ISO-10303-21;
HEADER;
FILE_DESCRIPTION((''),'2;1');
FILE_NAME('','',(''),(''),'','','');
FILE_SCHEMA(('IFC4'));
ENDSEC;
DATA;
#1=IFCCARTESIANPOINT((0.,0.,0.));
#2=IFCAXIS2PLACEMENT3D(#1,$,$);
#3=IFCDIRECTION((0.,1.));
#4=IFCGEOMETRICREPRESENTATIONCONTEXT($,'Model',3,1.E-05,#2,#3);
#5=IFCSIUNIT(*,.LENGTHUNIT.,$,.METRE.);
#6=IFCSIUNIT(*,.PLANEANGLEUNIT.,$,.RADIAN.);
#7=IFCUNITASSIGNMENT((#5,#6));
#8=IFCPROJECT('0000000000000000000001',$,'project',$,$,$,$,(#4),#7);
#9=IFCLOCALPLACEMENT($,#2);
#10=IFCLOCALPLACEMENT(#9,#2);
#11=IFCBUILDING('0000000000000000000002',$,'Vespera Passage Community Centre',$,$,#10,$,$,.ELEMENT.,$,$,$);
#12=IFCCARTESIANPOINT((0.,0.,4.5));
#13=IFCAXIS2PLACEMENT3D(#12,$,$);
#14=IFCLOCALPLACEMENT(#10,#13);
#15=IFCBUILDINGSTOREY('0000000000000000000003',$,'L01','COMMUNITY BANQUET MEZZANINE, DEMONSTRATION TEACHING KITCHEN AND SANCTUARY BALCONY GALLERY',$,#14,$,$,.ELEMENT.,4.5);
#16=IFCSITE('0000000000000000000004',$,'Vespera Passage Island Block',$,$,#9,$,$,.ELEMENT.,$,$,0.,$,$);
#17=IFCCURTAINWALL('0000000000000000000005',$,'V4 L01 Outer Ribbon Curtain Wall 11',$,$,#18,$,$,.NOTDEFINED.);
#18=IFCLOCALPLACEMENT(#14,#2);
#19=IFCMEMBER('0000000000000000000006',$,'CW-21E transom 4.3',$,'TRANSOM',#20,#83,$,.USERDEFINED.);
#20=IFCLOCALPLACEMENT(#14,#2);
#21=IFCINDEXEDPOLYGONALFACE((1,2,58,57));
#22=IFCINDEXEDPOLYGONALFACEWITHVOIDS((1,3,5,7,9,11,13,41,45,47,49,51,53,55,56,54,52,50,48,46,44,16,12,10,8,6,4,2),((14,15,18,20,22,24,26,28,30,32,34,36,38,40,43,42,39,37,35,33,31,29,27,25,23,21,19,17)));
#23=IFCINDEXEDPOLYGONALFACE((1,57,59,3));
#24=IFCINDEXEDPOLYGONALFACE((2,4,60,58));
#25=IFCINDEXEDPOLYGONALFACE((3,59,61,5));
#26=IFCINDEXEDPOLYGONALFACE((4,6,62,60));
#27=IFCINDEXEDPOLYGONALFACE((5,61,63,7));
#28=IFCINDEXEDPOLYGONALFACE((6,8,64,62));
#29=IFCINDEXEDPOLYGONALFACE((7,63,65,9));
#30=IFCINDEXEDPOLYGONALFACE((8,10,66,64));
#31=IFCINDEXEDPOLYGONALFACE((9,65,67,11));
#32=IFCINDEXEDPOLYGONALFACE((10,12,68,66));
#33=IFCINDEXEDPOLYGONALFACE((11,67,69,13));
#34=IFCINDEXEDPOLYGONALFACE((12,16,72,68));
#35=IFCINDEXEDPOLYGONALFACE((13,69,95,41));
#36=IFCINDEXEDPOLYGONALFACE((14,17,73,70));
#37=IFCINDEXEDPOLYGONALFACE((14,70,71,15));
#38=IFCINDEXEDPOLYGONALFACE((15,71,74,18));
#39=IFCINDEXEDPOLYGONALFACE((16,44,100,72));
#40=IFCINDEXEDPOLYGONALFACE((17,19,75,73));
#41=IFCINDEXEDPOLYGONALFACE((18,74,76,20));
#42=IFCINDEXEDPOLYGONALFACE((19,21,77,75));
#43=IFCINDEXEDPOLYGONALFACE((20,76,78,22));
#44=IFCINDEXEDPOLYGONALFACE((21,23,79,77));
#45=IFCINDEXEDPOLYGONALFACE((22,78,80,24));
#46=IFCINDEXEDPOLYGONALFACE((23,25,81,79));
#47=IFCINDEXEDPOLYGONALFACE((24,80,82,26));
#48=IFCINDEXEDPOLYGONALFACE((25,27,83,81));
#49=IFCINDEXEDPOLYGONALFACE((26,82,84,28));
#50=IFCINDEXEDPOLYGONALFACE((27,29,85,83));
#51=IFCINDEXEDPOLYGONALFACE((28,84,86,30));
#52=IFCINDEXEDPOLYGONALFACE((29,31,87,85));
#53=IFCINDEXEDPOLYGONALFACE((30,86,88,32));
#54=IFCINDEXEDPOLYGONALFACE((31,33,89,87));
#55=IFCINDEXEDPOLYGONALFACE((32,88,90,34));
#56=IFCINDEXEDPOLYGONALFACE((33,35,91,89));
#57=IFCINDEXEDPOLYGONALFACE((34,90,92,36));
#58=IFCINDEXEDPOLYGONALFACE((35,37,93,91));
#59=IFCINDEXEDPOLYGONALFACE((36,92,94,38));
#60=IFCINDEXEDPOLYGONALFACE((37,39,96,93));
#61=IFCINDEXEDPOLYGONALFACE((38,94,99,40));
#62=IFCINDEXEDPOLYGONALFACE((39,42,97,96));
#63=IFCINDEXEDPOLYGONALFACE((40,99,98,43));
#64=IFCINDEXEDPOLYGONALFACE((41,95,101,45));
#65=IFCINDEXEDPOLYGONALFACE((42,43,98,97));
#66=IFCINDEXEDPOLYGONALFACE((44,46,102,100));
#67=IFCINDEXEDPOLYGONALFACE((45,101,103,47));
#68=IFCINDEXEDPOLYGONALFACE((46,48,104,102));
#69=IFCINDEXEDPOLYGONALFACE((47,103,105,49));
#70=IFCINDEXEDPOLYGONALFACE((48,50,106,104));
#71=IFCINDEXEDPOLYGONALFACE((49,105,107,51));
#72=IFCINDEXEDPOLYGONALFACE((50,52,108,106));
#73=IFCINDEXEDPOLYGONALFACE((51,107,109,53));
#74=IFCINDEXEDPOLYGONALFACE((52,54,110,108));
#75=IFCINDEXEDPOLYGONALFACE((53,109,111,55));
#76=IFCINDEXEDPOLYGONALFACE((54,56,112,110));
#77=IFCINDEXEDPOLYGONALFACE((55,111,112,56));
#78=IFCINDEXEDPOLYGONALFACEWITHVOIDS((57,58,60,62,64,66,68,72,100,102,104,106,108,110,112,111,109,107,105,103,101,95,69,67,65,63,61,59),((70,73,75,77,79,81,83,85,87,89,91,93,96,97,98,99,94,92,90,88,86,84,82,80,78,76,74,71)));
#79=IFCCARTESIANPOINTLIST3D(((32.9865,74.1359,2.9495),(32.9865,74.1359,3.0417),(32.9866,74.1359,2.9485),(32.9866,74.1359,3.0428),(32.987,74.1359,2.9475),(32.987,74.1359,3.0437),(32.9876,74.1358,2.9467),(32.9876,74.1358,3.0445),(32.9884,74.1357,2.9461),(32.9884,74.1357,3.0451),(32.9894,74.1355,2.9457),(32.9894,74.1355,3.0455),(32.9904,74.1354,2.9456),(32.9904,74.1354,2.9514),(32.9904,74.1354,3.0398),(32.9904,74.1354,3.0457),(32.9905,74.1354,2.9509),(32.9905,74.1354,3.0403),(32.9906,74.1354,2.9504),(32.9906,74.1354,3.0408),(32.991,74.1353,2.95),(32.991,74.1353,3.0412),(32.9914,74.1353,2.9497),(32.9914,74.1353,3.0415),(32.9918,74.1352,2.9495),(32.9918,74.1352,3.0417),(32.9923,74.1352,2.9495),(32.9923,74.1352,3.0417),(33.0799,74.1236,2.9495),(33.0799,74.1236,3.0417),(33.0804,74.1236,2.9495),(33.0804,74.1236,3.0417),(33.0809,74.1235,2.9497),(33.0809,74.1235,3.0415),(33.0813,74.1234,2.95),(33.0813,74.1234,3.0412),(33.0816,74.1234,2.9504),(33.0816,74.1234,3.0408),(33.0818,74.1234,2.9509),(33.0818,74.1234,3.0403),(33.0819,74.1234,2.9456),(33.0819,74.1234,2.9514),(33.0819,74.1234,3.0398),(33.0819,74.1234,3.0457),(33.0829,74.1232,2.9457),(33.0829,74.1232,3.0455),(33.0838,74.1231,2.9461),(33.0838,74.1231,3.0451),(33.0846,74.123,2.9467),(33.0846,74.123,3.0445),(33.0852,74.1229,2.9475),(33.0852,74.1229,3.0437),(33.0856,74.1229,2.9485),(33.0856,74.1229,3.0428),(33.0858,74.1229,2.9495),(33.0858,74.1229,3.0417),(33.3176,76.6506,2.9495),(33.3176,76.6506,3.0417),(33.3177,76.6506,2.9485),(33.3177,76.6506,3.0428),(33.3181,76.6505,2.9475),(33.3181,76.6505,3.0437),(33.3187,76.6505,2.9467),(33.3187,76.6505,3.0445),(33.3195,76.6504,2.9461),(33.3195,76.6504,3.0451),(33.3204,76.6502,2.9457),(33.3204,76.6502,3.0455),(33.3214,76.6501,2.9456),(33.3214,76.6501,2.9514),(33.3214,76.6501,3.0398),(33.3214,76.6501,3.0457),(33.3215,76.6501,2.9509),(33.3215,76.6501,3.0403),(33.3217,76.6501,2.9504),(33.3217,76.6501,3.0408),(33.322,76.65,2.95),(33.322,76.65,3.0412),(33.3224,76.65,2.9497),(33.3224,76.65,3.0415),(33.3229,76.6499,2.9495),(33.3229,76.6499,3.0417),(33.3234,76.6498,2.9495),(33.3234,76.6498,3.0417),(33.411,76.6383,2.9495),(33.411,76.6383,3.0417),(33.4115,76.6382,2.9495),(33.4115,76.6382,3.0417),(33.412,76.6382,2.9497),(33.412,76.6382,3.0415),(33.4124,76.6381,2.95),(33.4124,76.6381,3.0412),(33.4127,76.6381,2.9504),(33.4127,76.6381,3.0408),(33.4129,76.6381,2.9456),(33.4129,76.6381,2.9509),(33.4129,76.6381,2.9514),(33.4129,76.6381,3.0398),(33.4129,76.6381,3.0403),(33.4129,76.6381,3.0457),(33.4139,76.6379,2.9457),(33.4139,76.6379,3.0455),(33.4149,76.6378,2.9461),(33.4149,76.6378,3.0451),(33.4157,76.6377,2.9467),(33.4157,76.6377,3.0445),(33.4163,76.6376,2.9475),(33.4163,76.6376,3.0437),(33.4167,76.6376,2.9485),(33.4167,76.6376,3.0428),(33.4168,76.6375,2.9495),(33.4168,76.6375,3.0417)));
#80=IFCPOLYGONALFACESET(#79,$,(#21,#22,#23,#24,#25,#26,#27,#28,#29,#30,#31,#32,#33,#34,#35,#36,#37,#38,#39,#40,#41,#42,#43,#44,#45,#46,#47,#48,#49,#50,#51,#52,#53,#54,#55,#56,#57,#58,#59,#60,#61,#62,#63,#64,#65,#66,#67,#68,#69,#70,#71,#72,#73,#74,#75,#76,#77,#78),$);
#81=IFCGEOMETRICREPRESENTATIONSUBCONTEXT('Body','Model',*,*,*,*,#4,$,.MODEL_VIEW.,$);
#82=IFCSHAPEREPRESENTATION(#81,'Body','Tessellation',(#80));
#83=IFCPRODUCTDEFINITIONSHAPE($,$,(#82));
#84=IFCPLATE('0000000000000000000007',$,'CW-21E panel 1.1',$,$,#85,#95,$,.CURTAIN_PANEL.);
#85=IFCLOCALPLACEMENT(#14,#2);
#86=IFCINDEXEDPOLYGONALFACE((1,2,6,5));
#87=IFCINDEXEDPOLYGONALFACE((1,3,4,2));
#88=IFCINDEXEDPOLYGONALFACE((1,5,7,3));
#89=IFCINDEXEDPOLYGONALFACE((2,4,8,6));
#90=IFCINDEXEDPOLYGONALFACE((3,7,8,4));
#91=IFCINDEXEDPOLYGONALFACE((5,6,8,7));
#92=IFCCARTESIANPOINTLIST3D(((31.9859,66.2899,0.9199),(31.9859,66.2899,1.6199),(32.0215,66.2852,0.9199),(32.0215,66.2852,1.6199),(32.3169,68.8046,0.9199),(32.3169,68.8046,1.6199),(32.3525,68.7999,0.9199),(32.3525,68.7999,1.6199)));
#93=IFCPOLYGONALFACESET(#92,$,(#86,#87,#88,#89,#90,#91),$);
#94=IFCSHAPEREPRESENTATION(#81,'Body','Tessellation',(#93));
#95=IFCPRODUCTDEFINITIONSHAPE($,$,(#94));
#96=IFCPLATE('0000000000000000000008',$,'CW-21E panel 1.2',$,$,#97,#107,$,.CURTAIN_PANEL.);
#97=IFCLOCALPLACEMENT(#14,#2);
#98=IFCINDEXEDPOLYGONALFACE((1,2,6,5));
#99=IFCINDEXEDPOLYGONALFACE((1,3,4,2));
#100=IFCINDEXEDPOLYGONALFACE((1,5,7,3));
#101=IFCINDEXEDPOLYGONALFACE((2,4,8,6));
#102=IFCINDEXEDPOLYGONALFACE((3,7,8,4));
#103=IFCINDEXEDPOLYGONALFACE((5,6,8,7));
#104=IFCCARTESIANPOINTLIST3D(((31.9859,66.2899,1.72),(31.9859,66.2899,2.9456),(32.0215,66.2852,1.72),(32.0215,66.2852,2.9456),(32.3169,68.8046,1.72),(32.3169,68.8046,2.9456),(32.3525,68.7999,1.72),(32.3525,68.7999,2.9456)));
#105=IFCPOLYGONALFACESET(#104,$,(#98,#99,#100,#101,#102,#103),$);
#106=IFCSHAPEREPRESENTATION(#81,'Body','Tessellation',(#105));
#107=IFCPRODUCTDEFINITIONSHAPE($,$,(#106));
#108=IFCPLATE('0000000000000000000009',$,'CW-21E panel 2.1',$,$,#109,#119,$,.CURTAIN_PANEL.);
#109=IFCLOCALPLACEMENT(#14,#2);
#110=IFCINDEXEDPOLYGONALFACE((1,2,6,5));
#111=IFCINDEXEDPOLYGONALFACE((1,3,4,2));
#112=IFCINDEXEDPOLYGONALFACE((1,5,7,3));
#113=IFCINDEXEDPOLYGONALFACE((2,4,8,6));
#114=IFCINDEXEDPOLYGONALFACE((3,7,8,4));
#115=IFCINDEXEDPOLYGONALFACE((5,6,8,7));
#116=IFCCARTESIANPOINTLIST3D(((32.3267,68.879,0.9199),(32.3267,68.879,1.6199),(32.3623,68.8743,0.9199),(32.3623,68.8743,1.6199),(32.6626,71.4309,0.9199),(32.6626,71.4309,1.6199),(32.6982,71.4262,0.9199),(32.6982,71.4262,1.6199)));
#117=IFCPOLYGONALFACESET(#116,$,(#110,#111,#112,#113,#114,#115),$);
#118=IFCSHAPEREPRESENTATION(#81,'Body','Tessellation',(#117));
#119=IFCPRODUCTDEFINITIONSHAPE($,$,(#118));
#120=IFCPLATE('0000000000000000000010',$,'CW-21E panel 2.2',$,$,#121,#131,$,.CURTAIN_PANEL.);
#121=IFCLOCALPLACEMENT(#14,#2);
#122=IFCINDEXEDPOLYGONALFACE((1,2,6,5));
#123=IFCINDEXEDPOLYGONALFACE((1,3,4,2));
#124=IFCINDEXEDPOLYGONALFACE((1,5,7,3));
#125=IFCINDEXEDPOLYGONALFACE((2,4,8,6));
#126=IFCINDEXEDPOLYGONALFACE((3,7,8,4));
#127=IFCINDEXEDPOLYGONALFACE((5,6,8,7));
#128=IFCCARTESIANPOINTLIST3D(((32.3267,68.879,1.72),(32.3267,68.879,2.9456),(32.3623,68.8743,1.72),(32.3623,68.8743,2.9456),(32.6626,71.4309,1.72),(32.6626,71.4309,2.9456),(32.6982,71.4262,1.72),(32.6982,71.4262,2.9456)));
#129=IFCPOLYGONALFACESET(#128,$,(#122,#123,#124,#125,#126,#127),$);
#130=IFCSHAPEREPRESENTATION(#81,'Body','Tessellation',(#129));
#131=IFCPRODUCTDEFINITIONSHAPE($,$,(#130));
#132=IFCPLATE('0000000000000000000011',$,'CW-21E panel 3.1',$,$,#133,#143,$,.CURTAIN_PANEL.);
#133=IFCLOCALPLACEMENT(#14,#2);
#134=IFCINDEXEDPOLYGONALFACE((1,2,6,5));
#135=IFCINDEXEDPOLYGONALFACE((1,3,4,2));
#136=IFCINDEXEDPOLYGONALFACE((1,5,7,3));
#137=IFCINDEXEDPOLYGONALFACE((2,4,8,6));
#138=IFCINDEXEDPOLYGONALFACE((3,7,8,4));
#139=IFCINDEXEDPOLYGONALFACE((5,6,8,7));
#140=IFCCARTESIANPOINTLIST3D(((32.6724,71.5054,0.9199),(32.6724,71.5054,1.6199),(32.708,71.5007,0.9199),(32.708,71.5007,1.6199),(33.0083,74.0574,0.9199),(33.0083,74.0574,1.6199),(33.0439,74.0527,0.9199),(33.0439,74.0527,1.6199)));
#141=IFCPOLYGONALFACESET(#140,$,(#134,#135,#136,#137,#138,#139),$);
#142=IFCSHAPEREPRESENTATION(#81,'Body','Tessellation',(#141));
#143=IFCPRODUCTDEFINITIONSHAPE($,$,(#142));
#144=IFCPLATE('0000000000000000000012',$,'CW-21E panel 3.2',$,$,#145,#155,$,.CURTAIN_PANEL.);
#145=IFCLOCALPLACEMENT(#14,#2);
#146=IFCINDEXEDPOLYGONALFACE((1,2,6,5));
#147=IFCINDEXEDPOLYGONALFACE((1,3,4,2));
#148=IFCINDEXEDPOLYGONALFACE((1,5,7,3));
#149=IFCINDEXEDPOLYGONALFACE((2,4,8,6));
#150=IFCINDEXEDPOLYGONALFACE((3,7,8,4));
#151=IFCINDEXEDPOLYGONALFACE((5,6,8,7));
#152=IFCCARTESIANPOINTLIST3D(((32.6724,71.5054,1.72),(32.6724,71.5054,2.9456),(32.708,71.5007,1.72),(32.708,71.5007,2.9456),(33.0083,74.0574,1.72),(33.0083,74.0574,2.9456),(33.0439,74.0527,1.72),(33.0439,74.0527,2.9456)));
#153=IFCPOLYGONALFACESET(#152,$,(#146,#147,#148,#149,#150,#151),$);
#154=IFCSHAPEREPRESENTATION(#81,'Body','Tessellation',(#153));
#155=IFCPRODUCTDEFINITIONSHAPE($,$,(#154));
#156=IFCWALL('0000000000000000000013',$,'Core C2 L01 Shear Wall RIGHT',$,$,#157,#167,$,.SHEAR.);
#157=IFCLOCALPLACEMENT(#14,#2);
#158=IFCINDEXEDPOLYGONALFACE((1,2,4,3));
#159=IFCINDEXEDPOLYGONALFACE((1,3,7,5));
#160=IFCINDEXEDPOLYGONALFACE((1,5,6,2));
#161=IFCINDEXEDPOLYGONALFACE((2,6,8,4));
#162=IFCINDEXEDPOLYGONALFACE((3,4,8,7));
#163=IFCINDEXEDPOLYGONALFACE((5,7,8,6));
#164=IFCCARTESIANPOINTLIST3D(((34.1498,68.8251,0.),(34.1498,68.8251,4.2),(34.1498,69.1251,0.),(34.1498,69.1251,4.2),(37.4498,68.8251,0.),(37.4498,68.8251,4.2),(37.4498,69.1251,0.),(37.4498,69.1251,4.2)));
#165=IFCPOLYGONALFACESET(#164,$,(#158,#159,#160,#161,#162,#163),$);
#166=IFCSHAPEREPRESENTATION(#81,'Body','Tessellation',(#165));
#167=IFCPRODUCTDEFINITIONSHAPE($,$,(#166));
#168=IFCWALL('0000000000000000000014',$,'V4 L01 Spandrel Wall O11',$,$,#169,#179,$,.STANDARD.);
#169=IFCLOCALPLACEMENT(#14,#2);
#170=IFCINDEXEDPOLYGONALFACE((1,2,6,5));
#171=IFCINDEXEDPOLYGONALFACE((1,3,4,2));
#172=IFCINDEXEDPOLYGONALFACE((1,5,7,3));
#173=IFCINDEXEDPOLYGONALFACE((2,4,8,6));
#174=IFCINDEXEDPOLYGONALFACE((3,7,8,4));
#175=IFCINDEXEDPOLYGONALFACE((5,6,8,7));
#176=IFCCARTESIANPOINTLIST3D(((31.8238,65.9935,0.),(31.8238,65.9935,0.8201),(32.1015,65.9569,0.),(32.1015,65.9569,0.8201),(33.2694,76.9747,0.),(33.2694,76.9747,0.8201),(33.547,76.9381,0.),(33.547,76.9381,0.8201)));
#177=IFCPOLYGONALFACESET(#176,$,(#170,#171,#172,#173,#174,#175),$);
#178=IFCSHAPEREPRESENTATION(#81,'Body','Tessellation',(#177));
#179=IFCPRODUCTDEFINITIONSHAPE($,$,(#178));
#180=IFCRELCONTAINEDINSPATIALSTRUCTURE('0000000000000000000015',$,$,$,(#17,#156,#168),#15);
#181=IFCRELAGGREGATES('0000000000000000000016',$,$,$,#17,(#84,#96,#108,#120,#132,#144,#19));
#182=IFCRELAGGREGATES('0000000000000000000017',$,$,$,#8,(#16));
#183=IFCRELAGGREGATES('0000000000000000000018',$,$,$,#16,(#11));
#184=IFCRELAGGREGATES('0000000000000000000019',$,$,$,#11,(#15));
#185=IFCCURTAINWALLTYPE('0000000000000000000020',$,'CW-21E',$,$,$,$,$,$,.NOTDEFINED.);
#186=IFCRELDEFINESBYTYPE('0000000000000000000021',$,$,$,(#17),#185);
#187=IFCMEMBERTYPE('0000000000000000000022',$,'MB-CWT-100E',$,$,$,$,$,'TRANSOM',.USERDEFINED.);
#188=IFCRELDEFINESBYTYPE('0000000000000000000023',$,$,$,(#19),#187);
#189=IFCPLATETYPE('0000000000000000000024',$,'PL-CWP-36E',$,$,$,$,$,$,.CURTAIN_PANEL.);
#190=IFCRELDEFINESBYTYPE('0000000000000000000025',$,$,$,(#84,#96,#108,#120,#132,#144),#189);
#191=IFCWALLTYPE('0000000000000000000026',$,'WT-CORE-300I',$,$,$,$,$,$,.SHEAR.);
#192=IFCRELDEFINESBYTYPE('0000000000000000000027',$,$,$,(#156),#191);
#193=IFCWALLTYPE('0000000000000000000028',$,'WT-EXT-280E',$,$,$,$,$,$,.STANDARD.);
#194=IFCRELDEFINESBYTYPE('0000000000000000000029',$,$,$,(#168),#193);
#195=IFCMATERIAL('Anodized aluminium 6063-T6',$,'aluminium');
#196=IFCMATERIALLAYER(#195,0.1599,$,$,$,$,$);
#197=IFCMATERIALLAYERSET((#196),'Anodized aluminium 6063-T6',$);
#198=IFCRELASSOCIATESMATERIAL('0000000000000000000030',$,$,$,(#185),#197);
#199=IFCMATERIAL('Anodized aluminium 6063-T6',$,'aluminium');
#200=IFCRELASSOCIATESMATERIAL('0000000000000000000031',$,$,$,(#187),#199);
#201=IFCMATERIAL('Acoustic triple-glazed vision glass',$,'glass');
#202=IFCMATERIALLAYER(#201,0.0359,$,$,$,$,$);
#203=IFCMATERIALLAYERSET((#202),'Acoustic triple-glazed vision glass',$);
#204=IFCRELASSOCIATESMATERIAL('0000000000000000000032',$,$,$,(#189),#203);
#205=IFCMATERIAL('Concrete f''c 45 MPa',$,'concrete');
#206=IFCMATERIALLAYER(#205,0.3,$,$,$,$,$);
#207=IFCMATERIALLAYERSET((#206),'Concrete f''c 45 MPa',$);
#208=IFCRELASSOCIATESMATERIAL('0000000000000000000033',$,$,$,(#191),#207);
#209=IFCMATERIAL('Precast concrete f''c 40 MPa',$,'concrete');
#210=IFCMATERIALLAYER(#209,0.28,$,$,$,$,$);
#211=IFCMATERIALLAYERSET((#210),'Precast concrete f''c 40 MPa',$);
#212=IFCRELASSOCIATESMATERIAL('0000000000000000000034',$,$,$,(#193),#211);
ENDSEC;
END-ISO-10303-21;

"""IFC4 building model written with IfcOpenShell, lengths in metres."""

from ifc_helpers import new_model, si_unit, direction, frame, frame_2d, origin, origin_2d, place, context, subcontext, project, spatial, rectangle, hollow_rectangle, extrude, material, layer, layer_set, material_profile, profile_set, type_object, element, aggregate, save


model = new_model("IFC4")

# Units and contexts
model_context = context("Model", 3, precision=1e-05, world=origin(), true_north=direction((0.0, 1.0)))
body_context = subcontext(model_context, "Body", "Model", "MODEL_VIEW")
ifc_project = project(units=[si_unit("LENGTHUNIT", "METRE"), si_unit("PLANEANGLEUNIT", "RADIAN")], contexts=[model_context])

# Site, building, storey
site_placement = place(None, origin())
site = spatial("IfcSite", under=ifc_project, at=site_placement, Name="Vespera Passage Island Block", CompositionType="ELEMENT", RefElevation=0.0)
building_placement = place(site_placement, origin())
building = spatial("IfcBuilding", under=site, at=building_placement, Name="Vespera Passage Community Centre", CompositionType="ELEMENT")
storey_placement = place(building_placement, frame((0.0, 0.0, 4.5)))
storey = spatial("IfcBuildingStorey", under=building, at=storey_placement, Name="L01", Description="COMMUNITY BANQUET MEZZANINE, DEMONSTRATION TEACHING KITCHEN AND SANCTUARY BALCONY GALLERY", CompositionType="ELEMENT", Elevation=4.5)

# Curtain wall, member, plates
ifc_material_1 = material(Name="Anodized aluminium 6063-T6", Category="aluminium")
ifc_layer_1 = layer(ifc_material_1, 0.1599)
ifc_layer_set_1 = layer_set([ifc_layer_1], Name="Anodized aluminium 6063-T6")
curtain_wall_type = type_object("IfcCurtainWallType", Name="CW-21E", PredefinedType="NOTDEFINED", material=ifc_layer_set_1)
curtain_wall_placement = place(storey_placement, origin())
curtain_wall = element("IfcCurtainWall", 1, at=curtain_wall_placement, inside=storey, type_object=curtain_wall_type, Name="V4 L01 Outer Ribbon Curtain Wall 11", PredefinedType="NOTDEFINED")
ifc_material_2 = material(Name="Anodized aluminium 6063-T6", Category="aluminium")
ifc_material_profile_1 = material_profile(ifc_material_2, hollow_rectangle(XDim=0.1001, YDim=0.1001, WallThickness=0.0039, InnerFilletRadius=0.002, OuterFilletRadius=0.0039, at=origin_2d()), Name="ALU100X100X4")
ifc_profile_set_1 = profile_set([ifc_material_profile_1], Name="Anodized aluminium 6063-T6")
member_type_1 = type_object("IfcMemberType", Name="MB-CWT-100E", ElementType="TRANSOM", PredefinedType="USERDEFINED", material=ifc_profile_set_1)
member_1_placement = place(storey_placement, frame((33.0361, 74.1294, 2.9956), z_axis=(0.130524, 0.991445, 0.0), x_axis=(-0.991445, 0.130524, 0.0)))
member_1 = element("IfcMember", 2, at=member_1_placement, type_object=member_type_1, Name="CW-21E transom 4.3", ObjectType="TRANSOM", PredefinedType="USERDEFINED", context=body_context, shape_type="SweptSolid", body=[
    extrude(hollow_rectangle(XDim=0.1001, YDim=0.1001, WallThickness=0.0039, InnerFilletRadius=0.002, OuterFilletRadius=0.0039, at=origin_2d()), origin(), (0.0, 0.0, 1.0), 2.5364),
])
ifc_material_3 = material(Name="Acoustic triple-glazed vision glass", Category="glass")
ifc_layer_2 = layer(ifc_material_3, 0.0359)
ifc_layer_set_2 = layer_set([ifc_layer_2], Name="Acoustic triple-glazed vision glass")
plate_type = type_object("IfcPlateType", Name="PL-CWP-36E", PredefinedType="CURTAIN_PANEL", material=ifc_layer_set_2)
plate_1_placement = place(storey_placement, frame((32.1692, 67.5449, 0.9199), z_axis=(0.0, 0.0, 1.0), x_axis=(0.130523, 0.991445, 0.0)))
plate_1 = element("IfcPlate", 3, at=plate_1_placement, type_object=plate_type, Name="CW-21E panel 1.1", PredefinedType="CURTAIN_PANEL", context=body_context, shape_type="SweptSolid", body=[
    extrude(rectangle(XDim=2.5364, YDim=0.0359, at=origin_2d()), origin(), (0.0, 0.0, 1.0), 0.7),
])
plate_2_placement = place(storey_placement, frame((32.1692, 67.5449, 1.72), z_axis=(0.0, 0.0, 1.0), x_axis=(0.130523, 0.991445, 0.0)))
plate_2 = element("IfcPlate", 4, at=plate_2_placement, type_object=plate_type, Name="CW-21E panel 1.2", PredefinedType="CURTAIN_PANEL", context=body_context, shape_type="SweptSolid", body=[
    extrude(rectangle(XDim=2.5364, YDim=0.0359, at=origin_2d()), origin(), (0.0, 0.0, 1.0), 1.2256),
])
plate_3_placement = place(storey_placement, frame((32.5125, 70.1526, 0.9199), z_axis=(0.0, 0.0, 1.0), x_axis=(0.130523, 0.991445, 0.0)))
plate_3 = element("IfcPlate", 5, at=plate_3_placement, type_object=plate_type, Name="CW-21E panel 2.1", PredefinedType="CURTAIN_PANEL", context=body_context, shape_type="SweptSolid", body=[
    extrude(rectangle(XDim=2.574, YDim=0.0359, at=origin_2d()), origin(), (0.0, 0.0, 1.0), 0.7),
])
plate_4_placement = place(storey_placement, frame((32.5125, 70.1526, 1.72), z_axis=(0.0, 0.0, 1.0), x_axis=(0.130523, 0.991445, 0.0)))
plate_4 = element("IfcPlate", 6, at=plate_4_placement, type_object=plate_type, Name="CW-21E panel 2.2", PredefinedType="CURTAIN_PANEL", context=body_context, shape_type="SweptSolid", body=[
    extrude(rectangle(XDim=2.574, YDim=0.0359, at=origin_2d()), origin(), (0.0, 0.0, 1.0), 1.2256),
])
plate_5_placement = place(storey_placement, frame((32.8582, 72.7791, 0.9199), z_axis=(0.0, 0.0, 1.0), x_axis=(0.130523, 0.991445, 0.0)))
plate_5 = element("IfcPlate", 7, at=plate_5_placement, type_object=plate_type, Name="CW-21E panel 3.1", PredefinedType="CURTAIN_PANEL", context=body_context, shape_type="SweptSolid", body=[
    extrude(rectangle(XDim=2.574, YDim=0.0359, at=origin_2d()), origin(), (0.0, 0.0, 1.0), 0.7),
])
plate_6_placement = place(storey_placement, frame((32.8582, 72.7791, 1.72), z_axis=(0.0, 0.0, 1.0), x_axis=(0.130523, 0.991445, 0.0)))
plate_6 = element("IfcPlate", 8, at=plate_6_placement, type_object=plate_type, Name="CW-21E panel 3.2", PredefinedType="CURTAIN_PANEL", context=body_context, shape_type="SweptSolid", body=[
    extrude(rectangle(XDim=2.574, YDim=0.0359, at=origin_2d()), origin(), (0.0, 0.0, 1.0), 1.2256),
])
aggregate(curtain_wall, [plate_1, plate_2, plate_3, plate_4, plate_5, plate_6, member_1])

# Walls
ifc_material_4 = material(Name="Concrete f'c 45 MPa", Category="concrete")
ifc_layer_3 = layer(ifc_material_4, 0.3)
ifc_layer_set_3 = layer_set([ifc_layer_3], Name="Concrete f'c 45 MPa")
wall_type_1 = type_object("IfcWallType", Name="WT-CORE-300I", PredefinedType="SHEAR", material=ifc_layer_set_3)
wall_1_placement = place(storey_placement, frame((34.1499, 68.9751, 0.0), z_axis=(0.0, 0.0, 1.0), x_axis=(1.0, 0.0, 0.0)))
element("IfcWall", 9, at=wall_1_placement, inside=storey, type_object=wall_type_1, Name="Core C2 L01 Shear Wall RIGHT", PredefinedType="SHEAR", context=body_context, shape_type="SweptSolid", body=[
    extrude(rectangle(XDim=3.3, YDim=0.3, at=frame_2d((1.6499, 0.0))), origin(), (0.0, 0.0, 1.0), 4.2),
])
ifc_material_5 = material(Name="Precast concrete f'c 40 MPa", Category="concrete")
ifc_layer_4 = layer(ifc_material_5, 0.28)
ifc_layer_set_4 = layer_set([ifc_layer_4], Name="Precast concrete f'c 40 MPa")
wall_type_2 = type_object("IfcWallType", Name="WT-EXT-280E", PredefinedType="STANDARD", material=ifc_layer_set_4)
wall_2_placement = place(storey_placement, frame((31.9626, 65.9751, 0.0), z_axis=(0.0, 0.0, 1.0), x_axis=(0.130513, 0.991447, 0.0)))
element("IfcWall", 10, at=wall_2_placement, inside=storey, type_object=wall_type_2, Name="V4 L01 Spandrel Wall O11", PredefinedType="STANDARD", context=body_context, shape_type="SweptSolid", body=[
    extrude(rectangle(XDim=11.0759, YDim=0.28, at=frame_2d((5.5381, 0.0))), origin(), (0.0, 0.0, 1.0), 0.8201),
])

save(model, "model.ifc")
